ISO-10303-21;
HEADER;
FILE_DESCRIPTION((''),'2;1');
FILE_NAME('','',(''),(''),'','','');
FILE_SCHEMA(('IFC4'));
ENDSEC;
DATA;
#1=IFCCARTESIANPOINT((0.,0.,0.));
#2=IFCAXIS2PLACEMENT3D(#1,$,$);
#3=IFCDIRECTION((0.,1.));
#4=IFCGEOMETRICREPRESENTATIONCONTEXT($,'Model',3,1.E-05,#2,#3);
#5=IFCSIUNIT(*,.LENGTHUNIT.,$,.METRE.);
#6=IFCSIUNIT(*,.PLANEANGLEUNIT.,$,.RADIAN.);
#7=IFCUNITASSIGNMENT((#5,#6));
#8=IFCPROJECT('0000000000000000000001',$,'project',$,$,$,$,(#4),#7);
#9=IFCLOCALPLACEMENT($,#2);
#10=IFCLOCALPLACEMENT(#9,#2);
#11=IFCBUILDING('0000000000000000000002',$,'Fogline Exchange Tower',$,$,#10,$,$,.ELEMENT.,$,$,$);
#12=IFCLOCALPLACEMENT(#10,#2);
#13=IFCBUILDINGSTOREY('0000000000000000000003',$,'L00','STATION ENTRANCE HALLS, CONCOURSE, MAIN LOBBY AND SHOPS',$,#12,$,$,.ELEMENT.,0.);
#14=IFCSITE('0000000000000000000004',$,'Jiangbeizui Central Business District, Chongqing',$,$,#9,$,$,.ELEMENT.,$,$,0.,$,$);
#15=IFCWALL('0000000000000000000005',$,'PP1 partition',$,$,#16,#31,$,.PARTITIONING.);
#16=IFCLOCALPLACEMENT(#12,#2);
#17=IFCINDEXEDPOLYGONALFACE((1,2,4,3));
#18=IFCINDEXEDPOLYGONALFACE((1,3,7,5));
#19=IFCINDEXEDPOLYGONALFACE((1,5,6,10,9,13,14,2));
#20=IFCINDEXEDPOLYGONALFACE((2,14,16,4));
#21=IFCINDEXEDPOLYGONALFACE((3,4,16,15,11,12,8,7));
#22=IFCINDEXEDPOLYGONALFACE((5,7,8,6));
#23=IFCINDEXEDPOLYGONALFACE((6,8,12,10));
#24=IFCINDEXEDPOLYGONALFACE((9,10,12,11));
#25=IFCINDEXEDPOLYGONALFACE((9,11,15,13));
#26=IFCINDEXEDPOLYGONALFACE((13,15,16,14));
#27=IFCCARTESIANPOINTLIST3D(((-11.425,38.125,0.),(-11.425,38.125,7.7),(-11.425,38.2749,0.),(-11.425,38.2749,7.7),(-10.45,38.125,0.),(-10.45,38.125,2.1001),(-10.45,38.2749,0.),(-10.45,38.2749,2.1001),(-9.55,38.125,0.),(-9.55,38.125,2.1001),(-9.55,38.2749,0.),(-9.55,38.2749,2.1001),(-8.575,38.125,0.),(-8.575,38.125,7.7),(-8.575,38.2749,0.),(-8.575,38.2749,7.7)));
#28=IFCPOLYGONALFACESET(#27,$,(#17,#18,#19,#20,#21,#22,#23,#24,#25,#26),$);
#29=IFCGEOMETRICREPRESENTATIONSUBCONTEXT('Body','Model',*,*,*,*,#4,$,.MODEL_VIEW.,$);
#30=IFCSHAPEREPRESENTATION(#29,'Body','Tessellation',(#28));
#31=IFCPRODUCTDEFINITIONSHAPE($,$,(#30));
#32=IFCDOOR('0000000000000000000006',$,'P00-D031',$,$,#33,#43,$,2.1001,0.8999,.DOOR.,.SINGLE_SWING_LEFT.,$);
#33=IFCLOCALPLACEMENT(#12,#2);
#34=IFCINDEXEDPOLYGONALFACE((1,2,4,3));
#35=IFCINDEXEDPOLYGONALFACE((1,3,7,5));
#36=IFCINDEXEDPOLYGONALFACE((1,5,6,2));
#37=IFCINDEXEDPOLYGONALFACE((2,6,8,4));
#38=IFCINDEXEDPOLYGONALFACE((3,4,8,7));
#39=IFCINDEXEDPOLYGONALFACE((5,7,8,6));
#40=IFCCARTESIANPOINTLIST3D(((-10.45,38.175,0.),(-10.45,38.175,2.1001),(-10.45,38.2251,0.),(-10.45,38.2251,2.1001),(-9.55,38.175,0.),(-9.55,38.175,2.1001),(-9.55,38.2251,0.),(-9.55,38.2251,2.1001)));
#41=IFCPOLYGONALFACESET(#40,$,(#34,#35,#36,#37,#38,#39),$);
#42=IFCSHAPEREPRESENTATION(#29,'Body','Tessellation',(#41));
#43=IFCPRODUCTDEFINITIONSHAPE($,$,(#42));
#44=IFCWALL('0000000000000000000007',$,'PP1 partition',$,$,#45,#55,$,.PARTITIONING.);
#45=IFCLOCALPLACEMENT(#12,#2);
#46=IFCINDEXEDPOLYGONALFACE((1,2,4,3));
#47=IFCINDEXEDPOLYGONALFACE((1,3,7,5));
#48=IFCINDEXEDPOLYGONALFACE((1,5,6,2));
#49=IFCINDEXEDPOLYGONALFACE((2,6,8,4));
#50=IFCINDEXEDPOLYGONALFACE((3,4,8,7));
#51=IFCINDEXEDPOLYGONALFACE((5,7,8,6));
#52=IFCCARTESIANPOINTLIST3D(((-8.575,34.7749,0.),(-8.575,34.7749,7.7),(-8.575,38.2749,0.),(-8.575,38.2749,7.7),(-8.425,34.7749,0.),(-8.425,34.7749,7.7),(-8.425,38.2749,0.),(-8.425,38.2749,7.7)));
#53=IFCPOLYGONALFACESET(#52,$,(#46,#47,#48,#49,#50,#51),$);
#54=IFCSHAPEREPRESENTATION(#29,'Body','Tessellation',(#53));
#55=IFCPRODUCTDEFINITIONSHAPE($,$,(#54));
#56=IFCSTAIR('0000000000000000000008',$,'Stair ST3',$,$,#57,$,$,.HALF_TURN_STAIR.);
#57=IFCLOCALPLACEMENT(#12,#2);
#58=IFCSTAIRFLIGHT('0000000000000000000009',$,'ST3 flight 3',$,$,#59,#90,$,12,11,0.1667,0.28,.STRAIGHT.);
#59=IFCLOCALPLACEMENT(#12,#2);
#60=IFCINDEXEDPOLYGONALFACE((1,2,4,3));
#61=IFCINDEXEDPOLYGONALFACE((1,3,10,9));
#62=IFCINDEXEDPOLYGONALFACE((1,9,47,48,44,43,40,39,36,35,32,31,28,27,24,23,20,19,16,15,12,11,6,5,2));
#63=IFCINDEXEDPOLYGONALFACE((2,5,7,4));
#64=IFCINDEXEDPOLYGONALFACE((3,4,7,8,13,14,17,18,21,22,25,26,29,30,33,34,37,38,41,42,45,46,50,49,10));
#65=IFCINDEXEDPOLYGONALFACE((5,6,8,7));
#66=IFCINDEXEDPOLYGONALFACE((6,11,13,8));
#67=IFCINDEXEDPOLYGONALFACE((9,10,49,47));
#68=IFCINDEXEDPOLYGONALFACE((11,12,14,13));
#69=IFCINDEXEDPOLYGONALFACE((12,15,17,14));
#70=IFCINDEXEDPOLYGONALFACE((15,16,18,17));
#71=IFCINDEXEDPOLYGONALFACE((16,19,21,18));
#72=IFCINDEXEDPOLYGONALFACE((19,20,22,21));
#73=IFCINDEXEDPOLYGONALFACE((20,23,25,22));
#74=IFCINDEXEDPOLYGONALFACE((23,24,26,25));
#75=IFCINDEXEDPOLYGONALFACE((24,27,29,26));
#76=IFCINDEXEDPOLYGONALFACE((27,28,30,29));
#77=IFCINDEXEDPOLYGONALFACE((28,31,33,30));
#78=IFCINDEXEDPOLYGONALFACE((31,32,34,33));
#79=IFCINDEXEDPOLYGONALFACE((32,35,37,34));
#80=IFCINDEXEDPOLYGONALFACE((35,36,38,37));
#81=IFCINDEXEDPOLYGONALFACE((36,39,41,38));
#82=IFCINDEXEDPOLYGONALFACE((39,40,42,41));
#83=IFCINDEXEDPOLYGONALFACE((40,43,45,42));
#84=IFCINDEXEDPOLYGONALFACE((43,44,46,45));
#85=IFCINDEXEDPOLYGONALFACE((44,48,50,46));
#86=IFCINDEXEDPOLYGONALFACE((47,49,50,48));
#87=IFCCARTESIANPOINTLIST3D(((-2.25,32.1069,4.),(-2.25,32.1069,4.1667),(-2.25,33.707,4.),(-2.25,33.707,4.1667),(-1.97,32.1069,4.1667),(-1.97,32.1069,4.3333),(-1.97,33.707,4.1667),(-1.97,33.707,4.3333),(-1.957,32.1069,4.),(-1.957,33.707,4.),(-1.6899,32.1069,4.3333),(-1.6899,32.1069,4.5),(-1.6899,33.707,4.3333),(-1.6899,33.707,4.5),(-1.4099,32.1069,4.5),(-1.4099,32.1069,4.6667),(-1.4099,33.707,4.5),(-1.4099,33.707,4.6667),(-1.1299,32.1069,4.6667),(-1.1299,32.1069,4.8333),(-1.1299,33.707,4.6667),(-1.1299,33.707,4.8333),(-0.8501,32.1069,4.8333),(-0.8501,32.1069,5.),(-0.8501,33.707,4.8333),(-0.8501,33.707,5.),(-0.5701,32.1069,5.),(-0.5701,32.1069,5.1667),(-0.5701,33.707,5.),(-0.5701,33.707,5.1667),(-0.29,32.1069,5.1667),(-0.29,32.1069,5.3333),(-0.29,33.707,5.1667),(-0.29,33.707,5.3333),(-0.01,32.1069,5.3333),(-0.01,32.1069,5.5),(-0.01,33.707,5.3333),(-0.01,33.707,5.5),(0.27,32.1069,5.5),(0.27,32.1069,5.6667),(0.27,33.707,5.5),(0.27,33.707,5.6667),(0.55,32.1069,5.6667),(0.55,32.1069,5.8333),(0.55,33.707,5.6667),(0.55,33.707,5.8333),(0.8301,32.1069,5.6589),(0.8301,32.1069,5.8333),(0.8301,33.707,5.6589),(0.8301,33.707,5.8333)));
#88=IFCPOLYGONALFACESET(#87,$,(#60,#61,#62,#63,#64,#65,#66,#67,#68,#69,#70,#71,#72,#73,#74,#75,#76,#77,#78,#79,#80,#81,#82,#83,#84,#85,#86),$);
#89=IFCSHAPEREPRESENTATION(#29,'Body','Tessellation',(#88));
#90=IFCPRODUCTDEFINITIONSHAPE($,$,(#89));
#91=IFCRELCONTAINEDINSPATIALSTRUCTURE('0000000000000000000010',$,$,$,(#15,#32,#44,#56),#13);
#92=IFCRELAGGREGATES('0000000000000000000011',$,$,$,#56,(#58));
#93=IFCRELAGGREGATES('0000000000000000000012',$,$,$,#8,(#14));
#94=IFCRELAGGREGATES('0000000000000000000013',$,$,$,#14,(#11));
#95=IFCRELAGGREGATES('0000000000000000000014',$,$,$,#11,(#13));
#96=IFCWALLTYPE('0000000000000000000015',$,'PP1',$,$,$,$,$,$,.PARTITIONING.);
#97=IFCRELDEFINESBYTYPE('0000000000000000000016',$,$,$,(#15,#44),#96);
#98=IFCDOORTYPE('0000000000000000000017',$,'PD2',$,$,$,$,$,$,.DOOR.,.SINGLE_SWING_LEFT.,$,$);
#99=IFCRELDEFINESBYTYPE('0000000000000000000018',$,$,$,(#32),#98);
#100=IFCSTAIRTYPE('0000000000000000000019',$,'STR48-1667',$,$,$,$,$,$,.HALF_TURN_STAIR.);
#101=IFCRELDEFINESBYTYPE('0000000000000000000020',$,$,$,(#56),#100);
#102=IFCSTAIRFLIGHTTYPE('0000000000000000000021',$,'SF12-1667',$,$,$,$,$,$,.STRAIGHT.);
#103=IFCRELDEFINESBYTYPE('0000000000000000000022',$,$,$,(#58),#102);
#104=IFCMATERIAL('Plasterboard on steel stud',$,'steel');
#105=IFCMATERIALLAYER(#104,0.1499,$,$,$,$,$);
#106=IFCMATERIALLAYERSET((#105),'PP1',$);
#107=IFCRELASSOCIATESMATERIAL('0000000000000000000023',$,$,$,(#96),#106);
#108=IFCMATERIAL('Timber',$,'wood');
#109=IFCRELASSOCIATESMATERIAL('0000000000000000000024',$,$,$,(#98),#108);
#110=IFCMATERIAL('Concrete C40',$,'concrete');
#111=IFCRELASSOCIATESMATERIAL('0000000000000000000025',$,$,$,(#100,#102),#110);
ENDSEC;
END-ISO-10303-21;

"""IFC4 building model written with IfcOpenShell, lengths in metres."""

from ifc_helpers import new_model, si_unit, direction, frame, frame_2d, origin, place, context, subcontext, project, spatial, polyline, rectangle, outline, extrude, material, layer, layer_set, type_object, element, fill, aggregate, save


model = new_model("IFC4")

# Units and contexts
model_context = context("Model", 3, precision=1e-05, world=origin(), true_north=direction((0.0, 1.0)))
body_context = subcontext(model_context, "Body", "Model", "MODEL_VIEW")
ifc_project = project(units=[si_unit("LENGTHUNIT", "METRE"), si_unit("PLANEANGLEUNIT", "RADIAN")], contexts=[model_context])

# Site, building, storey
site_placement = place(None, origin())
site = spatial("IfcSite", under=ifc_project, at=site_placement, Name="Jiangbeizui Central Business District, Chongqing", CompositionType="ELEMENT", RefElevation=0.0)
building_placement = place(site_placement, origin())
building = spatial("IfcBuilding", under=site, at=building_placement, Name="Fogline Exchange Tower", CompositionType="ELEMENT")
storey_placement = place(building_placement, origin())
storey = spatial("IfcBuildingStorey", under=building, at=storey_placement, Name="L00", Description="STATION ENTRANCE HALLS, CONCOURSE, MAIN LOBBY AND SHOPS", CompositionType="ELEMENT", Elevation=0.0)

# Shared definitions
ifc_material_1 = material(Name="Concrete C40", Category="concrete")

# Shared definitions
ifc_material_2 = material(Name="Plasterboard on steel stud", Category="steel")
ifc_layer_1 = layer(ifc_material_2, 0.1499)
ifc_layer_set_1 = layer_set([ifc_layer_1], Name="PP1")
wall_type_1 = type_object("IfcWallType", Name="PP1", PredefinedType="PARTITIONING", material=ifc_layer_set_1)

# Shared definitions
ifc_material_3 = material(Name="Timber", Category="wood")

# Wall, opening, door
wall_1_placement = place(storey_placement, frame((-11.425, 38.2, 0.0), z_axis=(0.0, 0.0, 1.0), x_axis=(1.0, 0.0, 0.0)))
wall_1 = element("IfcWall", 1, at=wall_1_placement, inside=storey, type_object=wall_type_1, Name="PP1 partition", PredefinedType="PARTITIONING", context=body_context, shape_type="SweptSolid", body=[
    extrude(rectangle(XDim=2.8501, YDim=0.1499, at=frame_2d((1.425, 0.0))), origin(), (0.0, 0.0, 1.0), 7.7),
])
opening_1_placement = place(wall_1_placement, frame((0.9751, 0.0, 0.0)))
opening_1 = element("IfcOpeningElement", 2, at=opening_1_placement, cuts=wall_1, PredefinedType="OPENING", context=body_context, shape_type="SweptSolid", body=[
    extrude(rectangle(XDim=0.8999, YDim=2.1001, at=frame_2d((0.45, 1.05))), frame((0.0, 0.085, 0.0), z_axis=(0.0, -1.0, 0.0), x_axis=(1.0, 0.0, 0.0)), (0.0, 0.0, 1.0), 0.1699),
])
door_type_1 = type_object("IfcDoorType", Name="PD2", OperationType="SINGLE_SWING_LEFT", PredefinedType="DOOR", material=ifc_material_3)
door_1_placement = place(opening_1_placement, frame((0.8999, 0.0, 0.0), z_axis=(0.0, 0.0, 1.0), x_axis=(-1.0, 0.0, 0.0)))
door_1 = element("IfcDoor", 3, at=door_1_placement, inside=storey, type_object=door_type_1, Name="P00-D031", OperationType="SINGLE_SWING_LEFT", OverallHeight=2.1001, OverallWidth=0.8999, PredefinedType="DOOR", context=body_context, shape_type="SweptSolid", body=[
    extrude(rectangle(XDim=0.8999, YDim=2.1001, at=frame_2d((0.45, 1.05))), frame((0.0, 0.0249, 0.0), z_axis=(0.0, -1.0, 0.0), x_axis=(1.0, 0.0, 0.0)), (0.0, 0.0, 1.0), 0.05),
])
fill(opening_1, door_1)

# Wall
wall_2_placement = place(storey_placement, frame((-8.5, 38.2749, 0.0), z_axis=(0.0, 0.0, 1.0), x_axis=(0.0, -1.0, 0.0)))
element("IfcWall", 4, at=wall_2_placement, inside=storey, type_object=wall_type_1, Name="PP1 partition", PredefinedType="PARTITIONING", context=body_context, shape_type="SweptSolid", body=[
    extrude(rectangle(XDim=3.5, YDim=0.1499, at=frame_2d((1.75, 0.0))), origin(), (0.0, 0.0, 1.0), 7.7),
])

# Stair, stair flight
stair_type = type_object("IfcStairType", Name="STR48-1667", PredefinedType="HALF_TURN_STAIR", material=ifc_material_1)
stair_placement = place(storey_placement, origin())
stair = element("IfcStair", 5, at=stair_placement, inside=storey, type_object=stair_type, Name="Stair ST3", PredefinedType="HALF_TURN_STAIR")
stair_flight_type = type_object("IfcStairFlightType", Name="SF12-1667", PredefinedType="STRAIGHT", material=ifc_material_1)
stair_flight_placement = place(storey_placement, frame((-2.25, 32.907, 4.0), z_axis=(0.0, 0.0, 1.0), x_axis=(1.0, 0.0, 0.0)))
stair_flight = element("IfcStairFlight", 6, at=stair_flight_placement, type_object=stair_flight_type, Name="ST3 flight 3", NumberOfRisers=12, NumberOfTreads=11, PredefinedType="STRAIGHT", RiserHeight=0.1667, TreadLength=0.28, context=body_context, shape_type="SweptSolid", body=[
    extrude(outline(polyline([(0.0, 0.0), (0.0, 0.1667), (0.28, 0.1667), (0.28, 0.3333), (0.5601, 0.3333), (0.5601, 0.5), (0.8401, 0.5), (0.8401, 0.6667), (1.1201, 0.6667), (1.1201, 0.8333), (1.3999, 0.8333), (1.3999, 1.0), (1.6799, 1.0), (1.6799, 1.1667), (1.96, 1.1667), (1.96, 1.3333), (2.24, 1.3333), (2.24, 1.5), (2.52, 1.5), (2.52, 1.6667), (2.8, 1.6667), (2.8, 1.8333), (3.0801, 1.8333), (3.0801, 2.0), (3.0801, 1.6589), (0.293, 0.0), (0.0, 0.0)])), frame((0.0, 0.8, 0.0), z_axis=(0.0, -1.0, 0.0), x_axis=(1.0, 0.0, 0.0)), (0.0, 0.0, 1.0), 1.6001),
])
aggregate(stair, [stair_flight])

save(model, "model.ifc")
